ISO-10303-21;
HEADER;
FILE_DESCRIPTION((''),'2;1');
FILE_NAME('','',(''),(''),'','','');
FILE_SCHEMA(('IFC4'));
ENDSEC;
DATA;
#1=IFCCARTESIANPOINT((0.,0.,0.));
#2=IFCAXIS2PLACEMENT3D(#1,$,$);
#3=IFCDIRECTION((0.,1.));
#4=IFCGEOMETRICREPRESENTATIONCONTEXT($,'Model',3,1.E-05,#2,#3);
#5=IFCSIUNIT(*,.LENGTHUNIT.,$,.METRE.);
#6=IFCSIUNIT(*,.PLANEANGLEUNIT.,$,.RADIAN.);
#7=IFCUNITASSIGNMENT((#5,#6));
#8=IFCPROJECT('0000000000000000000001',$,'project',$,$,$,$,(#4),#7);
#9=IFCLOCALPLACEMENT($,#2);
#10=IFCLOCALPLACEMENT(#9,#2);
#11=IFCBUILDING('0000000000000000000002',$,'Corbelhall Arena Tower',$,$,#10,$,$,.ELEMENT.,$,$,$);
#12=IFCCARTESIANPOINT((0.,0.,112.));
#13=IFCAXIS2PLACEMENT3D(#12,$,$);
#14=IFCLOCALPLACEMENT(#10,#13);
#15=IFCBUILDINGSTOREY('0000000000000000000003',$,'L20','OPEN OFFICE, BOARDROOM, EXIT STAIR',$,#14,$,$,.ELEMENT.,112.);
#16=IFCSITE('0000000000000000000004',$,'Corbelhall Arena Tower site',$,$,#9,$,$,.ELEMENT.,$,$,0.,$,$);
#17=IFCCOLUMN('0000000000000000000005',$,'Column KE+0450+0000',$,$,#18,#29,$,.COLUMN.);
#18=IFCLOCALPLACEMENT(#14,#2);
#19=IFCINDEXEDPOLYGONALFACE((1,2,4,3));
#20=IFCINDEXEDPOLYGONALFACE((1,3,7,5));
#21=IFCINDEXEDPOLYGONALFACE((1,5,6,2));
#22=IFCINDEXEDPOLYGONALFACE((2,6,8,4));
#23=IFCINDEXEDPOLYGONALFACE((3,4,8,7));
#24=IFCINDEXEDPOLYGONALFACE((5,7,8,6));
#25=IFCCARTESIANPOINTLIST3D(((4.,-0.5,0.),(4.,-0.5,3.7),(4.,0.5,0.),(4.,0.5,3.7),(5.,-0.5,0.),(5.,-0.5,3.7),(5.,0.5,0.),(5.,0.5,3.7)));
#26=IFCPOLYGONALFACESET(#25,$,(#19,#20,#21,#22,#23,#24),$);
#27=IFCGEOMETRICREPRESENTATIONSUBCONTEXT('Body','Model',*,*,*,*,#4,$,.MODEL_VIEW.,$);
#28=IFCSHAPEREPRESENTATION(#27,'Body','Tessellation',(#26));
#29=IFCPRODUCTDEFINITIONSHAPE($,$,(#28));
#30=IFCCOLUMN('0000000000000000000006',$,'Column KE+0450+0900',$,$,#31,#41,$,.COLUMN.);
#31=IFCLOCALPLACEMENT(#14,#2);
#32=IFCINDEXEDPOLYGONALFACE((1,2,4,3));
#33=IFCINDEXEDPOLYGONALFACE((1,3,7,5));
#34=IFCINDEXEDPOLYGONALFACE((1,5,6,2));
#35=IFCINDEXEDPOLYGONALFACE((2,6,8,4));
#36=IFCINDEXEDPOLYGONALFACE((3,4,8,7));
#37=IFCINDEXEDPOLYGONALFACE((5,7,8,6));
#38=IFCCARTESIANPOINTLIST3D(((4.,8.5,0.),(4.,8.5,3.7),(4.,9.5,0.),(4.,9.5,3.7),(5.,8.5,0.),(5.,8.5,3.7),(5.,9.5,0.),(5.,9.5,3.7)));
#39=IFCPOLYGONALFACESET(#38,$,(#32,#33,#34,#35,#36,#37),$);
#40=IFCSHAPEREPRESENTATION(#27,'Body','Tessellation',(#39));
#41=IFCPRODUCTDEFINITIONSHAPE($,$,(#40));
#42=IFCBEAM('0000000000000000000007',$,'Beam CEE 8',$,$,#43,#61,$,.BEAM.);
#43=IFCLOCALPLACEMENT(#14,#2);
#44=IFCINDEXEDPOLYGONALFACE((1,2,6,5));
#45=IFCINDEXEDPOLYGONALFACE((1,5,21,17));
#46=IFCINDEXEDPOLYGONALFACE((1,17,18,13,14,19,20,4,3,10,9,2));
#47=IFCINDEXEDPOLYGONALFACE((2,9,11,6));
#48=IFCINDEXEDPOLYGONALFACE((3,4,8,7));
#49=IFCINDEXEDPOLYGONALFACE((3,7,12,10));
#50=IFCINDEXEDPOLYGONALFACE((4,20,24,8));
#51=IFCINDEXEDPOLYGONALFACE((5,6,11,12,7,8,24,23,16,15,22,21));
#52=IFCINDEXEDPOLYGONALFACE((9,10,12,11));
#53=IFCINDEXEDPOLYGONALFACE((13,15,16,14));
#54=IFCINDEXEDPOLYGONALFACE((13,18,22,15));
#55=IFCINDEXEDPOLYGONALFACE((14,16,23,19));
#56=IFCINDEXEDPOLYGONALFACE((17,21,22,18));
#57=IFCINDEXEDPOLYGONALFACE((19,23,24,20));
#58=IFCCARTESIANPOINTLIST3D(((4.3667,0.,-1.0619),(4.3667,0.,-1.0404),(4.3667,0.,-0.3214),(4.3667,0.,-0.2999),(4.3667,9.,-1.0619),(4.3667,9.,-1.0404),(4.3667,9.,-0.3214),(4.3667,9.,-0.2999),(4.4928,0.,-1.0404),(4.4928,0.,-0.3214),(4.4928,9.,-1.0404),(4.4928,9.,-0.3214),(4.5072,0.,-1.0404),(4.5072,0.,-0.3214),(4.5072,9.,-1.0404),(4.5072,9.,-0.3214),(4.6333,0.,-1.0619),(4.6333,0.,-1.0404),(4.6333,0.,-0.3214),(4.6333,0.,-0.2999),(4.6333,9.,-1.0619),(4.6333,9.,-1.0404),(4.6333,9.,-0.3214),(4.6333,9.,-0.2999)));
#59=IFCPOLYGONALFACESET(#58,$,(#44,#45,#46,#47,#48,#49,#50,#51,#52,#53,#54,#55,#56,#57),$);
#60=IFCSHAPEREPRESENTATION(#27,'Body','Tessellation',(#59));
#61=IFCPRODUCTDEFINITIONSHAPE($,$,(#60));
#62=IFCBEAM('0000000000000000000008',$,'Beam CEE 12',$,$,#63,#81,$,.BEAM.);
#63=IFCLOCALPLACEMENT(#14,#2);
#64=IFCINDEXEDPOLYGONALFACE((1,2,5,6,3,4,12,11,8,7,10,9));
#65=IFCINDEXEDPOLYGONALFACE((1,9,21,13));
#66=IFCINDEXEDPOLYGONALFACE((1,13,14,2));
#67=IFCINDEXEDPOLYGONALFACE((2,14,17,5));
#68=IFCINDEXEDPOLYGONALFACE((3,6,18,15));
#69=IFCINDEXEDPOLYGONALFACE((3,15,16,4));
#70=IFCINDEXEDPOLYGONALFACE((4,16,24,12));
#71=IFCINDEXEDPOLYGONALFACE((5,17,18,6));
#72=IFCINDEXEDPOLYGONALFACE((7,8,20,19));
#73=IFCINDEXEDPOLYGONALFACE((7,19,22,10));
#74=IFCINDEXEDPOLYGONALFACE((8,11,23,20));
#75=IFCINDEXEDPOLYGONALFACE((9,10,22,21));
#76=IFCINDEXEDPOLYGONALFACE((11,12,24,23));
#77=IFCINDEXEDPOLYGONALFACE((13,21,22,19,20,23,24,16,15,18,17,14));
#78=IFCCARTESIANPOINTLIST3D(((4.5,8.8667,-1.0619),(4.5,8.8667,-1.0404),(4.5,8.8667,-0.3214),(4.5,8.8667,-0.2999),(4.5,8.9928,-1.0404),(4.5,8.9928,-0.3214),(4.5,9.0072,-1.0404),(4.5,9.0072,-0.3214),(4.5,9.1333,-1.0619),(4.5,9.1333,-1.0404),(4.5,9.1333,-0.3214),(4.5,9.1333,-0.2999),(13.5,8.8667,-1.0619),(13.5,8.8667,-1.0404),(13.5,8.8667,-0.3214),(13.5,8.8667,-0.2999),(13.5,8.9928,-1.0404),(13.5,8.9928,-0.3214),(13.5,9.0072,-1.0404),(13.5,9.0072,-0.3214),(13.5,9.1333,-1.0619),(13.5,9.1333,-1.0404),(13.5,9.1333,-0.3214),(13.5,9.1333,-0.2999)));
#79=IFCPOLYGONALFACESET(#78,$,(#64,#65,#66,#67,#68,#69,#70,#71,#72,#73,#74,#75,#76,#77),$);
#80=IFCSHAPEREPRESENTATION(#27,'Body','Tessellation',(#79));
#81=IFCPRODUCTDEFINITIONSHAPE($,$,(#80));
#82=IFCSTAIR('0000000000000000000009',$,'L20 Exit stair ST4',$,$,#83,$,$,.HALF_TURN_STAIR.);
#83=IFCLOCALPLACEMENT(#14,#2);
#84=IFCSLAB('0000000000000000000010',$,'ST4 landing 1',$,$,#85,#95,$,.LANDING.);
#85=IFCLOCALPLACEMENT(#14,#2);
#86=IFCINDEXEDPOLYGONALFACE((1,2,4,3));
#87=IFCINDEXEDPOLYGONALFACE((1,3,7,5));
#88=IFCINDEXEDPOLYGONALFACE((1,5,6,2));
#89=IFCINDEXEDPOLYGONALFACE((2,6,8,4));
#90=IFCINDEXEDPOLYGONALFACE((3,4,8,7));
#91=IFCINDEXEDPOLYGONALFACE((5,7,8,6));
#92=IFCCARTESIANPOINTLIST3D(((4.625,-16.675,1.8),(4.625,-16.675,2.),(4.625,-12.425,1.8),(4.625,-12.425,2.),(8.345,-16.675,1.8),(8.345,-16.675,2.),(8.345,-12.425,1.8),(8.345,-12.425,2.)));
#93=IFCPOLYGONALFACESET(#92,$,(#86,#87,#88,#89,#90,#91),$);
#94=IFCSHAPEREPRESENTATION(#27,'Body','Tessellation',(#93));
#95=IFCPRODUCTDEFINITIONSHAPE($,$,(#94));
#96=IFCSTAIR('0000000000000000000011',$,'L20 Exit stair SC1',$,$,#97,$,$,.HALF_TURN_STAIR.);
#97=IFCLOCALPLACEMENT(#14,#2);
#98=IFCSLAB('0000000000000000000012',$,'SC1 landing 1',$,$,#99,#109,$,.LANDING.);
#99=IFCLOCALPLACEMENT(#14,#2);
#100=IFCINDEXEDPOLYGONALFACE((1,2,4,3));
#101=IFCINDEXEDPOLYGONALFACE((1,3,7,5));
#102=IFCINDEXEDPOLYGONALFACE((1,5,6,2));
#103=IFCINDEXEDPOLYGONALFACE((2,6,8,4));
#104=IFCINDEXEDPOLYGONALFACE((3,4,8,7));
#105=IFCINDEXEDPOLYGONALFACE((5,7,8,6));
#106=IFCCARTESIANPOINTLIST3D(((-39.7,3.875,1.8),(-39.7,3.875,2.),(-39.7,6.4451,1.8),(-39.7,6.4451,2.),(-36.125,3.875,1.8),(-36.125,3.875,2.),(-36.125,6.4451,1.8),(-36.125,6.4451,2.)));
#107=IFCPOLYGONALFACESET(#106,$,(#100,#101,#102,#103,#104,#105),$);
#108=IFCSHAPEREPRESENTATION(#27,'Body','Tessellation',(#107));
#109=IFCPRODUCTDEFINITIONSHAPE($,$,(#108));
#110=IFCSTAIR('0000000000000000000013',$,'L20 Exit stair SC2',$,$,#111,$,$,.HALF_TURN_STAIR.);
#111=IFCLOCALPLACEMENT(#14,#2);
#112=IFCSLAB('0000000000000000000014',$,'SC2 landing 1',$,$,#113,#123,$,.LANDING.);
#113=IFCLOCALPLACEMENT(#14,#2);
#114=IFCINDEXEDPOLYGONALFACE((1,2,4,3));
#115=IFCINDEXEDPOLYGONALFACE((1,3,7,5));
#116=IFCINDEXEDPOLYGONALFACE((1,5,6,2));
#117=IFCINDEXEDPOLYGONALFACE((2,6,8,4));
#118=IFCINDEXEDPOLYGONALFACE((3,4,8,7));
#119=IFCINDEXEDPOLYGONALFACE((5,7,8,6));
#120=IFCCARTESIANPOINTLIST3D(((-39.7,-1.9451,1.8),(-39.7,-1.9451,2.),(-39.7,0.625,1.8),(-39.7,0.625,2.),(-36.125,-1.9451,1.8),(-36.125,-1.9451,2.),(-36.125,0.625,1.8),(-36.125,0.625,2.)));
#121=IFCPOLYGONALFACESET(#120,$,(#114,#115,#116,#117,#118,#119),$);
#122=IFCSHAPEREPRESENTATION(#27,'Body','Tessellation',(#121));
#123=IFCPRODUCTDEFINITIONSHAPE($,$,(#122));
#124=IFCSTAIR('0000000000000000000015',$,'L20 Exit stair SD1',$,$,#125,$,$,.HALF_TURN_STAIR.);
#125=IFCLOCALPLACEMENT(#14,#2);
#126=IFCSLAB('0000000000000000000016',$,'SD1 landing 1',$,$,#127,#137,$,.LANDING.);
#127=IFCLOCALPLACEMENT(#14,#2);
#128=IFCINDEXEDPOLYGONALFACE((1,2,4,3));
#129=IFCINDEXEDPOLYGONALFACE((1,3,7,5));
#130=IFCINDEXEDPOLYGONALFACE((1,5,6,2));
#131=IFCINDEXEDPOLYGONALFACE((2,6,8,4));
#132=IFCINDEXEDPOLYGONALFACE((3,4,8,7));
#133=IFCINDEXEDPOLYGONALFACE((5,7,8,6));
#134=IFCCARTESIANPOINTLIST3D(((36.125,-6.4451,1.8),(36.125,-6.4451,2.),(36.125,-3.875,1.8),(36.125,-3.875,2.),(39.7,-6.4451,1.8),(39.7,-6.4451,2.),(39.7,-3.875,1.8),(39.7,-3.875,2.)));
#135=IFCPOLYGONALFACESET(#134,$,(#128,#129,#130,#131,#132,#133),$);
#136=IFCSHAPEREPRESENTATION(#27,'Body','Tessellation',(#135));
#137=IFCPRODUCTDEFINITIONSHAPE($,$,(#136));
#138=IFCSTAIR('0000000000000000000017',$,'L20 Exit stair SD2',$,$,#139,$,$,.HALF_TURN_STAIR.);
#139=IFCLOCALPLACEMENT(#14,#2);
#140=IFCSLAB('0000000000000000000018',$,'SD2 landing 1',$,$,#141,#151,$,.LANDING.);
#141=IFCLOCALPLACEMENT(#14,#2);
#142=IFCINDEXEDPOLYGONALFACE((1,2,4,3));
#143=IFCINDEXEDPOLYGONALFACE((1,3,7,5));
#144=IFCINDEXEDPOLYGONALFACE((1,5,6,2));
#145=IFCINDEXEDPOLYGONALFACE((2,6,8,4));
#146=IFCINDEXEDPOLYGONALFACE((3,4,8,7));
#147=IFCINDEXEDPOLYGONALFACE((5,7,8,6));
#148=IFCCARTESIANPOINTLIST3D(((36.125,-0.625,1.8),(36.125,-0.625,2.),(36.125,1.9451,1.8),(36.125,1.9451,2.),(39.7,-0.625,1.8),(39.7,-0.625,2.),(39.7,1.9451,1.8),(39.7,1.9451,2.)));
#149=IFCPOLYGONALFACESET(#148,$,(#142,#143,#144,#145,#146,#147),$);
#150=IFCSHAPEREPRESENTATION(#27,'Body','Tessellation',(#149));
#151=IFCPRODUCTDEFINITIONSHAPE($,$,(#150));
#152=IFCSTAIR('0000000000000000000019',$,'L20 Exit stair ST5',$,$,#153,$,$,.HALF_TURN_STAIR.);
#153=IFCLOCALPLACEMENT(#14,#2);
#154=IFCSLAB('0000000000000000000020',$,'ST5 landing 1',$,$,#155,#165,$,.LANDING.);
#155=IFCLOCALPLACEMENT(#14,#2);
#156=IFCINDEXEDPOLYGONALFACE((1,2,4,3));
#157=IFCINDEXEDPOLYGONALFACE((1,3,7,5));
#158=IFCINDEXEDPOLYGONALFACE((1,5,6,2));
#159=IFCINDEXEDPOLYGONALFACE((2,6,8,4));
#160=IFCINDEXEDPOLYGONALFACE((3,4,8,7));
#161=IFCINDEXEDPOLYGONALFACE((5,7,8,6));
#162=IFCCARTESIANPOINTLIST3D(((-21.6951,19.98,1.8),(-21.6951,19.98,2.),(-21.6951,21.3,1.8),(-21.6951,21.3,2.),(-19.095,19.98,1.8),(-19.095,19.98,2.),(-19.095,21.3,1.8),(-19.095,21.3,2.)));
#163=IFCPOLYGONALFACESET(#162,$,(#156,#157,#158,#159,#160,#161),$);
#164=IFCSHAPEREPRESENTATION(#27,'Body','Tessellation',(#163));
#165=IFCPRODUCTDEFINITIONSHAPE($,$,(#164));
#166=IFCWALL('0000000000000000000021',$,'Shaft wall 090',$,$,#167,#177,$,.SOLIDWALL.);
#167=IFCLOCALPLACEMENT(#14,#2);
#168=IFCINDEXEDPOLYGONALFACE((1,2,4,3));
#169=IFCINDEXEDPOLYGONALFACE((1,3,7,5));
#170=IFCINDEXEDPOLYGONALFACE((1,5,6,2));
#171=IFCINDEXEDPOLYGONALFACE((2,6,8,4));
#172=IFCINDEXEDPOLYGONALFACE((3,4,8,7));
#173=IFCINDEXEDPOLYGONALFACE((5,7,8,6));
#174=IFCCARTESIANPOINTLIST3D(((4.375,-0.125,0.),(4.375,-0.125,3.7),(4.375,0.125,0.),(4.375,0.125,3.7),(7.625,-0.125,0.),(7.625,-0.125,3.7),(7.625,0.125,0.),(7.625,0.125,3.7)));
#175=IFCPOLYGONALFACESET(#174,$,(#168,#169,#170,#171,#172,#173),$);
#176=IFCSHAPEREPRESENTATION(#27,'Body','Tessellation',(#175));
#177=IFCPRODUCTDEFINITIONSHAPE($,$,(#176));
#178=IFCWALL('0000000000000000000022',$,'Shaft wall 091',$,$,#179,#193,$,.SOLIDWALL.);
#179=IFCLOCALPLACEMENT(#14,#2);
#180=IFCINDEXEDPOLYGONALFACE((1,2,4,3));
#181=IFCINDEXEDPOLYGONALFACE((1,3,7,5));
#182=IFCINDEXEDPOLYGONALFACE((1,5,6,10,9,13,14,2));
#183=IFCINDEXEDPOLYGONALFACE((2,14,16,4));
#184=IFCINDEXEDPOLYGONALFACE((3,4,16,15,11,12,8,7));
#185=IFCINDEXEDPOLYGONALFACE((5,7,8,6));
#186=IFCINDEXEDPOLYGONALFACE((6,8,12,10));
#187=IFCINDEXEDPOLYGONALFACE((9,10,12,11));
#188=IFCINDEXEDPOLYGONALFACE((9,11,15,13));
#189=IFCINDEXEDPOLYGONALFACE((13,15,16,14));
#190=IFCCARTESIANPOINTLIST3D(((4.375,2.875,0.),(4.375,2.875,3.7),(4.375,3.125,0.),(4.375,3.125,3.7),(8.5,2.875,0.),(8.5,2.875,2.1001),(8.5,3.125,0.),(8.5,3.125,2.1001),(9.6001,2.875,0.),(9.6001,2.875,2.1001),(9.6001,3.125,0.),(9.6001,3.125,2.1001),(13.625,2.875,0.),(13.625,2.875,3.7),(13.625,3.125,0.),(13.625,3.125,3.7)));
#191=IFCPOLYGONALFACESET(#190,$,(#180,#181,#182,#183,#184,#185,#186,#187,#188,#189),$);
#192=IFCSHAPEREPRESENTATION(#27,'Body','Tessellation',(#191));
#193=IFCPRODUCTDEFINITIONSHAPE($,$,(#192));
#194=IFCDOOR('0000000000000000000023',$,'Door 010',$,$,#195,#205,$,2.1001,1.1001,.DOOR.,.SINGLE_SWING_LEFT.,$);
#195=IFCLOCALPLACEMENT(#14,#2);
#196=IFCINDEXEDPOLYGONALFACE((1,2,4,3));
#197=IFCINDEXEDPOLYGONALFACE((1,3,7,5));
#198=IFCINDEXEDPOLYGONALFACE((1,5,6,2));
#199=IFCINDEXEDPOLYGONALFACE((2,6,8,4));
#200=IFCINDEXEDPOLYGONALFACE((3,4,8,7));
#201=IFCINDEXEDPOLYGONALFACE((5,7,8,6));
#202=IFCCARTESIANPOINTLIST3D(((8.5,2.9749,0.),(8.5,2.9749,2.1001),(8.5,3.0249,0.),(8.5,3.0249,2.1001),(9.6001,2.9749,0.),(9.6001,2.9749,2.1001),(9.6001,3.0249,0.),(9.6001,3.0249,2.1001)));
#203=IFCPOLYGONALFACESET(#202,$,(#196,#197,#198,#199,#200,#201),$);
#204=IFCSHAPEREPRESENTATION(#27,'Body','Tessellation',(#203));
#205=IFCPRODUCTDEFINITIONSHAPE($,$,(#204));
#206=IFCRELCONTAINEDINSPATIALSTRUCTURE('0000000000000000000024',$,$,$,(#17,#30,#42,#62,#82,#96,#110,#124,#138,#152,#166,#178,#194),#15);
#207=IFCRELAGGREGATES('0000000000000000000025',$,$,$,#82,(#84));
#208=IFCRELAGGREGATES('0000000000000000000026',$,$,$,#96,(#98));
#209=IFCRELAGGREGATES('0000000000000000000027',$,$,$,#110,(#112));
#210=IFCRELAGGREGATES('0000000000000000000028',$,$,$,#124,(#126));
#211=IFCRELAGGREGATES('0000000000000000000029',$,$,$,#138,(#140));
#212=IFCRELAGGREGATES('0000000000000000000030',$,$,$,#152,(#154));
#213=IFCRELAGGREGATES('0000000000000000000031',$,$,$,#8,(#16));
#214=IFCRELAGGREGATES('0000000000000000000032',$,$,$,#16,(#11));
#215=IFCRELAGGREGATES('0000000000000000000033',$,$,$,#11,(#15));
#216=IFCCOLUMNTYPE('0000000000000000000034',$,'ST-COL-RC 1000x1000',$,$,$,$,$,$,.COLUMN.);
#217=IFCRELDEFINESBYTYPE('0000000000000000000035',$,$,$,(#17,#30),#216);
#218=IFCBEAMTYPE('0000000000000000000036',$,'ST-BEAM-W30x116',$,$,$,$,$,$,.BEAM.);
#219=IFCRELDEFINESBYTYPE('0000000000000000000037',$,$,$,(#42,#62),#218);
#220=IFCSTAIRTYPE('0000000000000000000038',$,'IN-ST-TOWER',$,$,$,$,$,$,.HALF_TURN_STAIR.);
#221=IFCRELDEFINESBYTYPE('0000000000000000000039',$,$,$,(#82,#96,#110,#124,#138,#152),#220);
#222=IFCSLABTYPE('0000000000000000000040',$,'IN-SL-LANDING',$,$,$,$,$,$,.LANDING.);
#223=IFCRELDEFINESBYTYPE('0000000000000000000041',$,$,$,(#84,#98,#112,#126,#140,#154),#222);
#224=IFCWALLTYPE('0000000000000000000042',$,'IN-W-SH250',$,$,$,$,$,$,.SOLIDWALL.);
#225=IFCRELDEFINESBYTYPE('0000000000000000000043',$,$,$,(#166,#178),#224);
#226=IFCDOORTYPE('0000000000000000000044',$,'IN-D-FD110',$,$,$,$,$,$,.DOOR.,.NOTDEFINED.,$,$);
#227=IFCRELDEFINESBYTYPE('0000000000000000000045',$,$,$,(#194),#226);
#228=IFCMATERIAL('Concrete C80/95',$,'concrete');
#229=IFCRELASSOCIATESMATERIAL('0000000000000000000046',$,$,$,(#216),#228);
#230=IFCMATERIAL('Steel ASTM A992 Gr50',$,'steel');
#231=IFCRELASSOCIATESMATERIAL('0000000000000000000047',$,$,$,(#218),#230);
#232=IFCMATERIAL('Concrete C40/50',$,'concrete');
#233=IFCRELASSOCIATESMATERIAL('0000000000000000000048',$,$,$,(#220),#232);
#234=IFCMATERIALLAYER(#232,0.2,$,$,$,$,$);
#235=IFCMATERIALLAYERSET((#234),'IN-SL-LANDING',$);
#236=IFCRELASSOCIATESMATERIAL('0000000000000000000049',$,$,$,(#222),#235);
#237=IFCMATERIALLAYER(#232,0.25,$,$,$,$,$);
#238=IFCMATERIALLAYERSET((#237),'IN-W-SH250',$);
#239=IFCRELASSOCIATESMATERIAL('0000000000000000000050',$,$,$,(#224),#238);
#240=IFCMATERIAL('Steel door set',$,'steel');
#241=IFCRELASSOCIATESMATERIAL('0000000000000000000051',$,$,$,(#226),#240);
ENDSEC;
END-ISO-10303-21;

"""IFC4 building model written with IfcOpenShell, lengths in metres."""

from ifc_helpers import new_model, si_unit, direction, frame, frame_2d, origin, origin_2d, place, context, subcontext, project, spatial, polyline, rectangle, i_section, outline, extrude, material, layer, layer_set, material_profile, profile_set, type_object, element, fill, aggregate, save


model = new_model("IFC4")

# Units and contexts
model_context = context("Model", 3, precision=1e-05, world=origin(), true_north=direction((0.0, 1.0)))
body_context = subcontext(model_context, "Body", "Model", "MODEL_VIEW")
ifc_project = project(units=[si_unit("LENGTHUNIT", "METRE"), si_unit("PLANEANGLEUNIT", "RADIAN")], contexts=[model_context])

# Site, building, storey
site_placement = place(None, origin())
site = spatial("IfcSite", under=ifc_project, at=site_placement, Name="Corbelhall Arena Tower site", CompositionType="ELEMENT", RefElevation=0.0)
building_placement = place(site_placement, origin())
building = spatial("IfcBuilding", under=site, at=building_placement, Name="Corbelhall Arena Tower", CompositionType="ELEMENT")
storey_placement = place(building_placement, frame((0.0, 0.0, 112.0)))
storey = spatial("IfcBuildingStorey", under=building, at=storey_placement, Name="L20", Description="OPEN OFFICE, BOARDROOM, EXIT STAIR", CompositionType="ELEMENT", Elevation=112.0)

# Columns
ifc_material_1 = material(Name="Concrete C80/95", Category="concrete")
ifc_material_profile_1 = material_profile(ifc_material_1, rectangle(XDim=1.0, YDim=1.0, at=origin_2d()))
ifc_profile_set_1 = profile_set([ifc_material_profile_1], Name="Concrete C80/95")
column_type = type_object("IfcColumnType", Name="ST-COL-RC 1000x1000", PredefinedType="COLUMN", material=ifc_profile_set_1)
for number, where, z_axis, x_axis, name in (
    (1, (4.5, 0.0, 0.0), (0.0, 0.0, 1.0), (1.0, 0.0, 0.0), "Column KE+0450+0000"),
    (2, (4.5, 9.0, 0.0), (0.0, 0.0, 1.0), (1.0, 0.0, 0.0), "Column KE+0450+0900"),
):
    element("IfcColumn", number, at=place(storey_placement, frame(where, z_axis=z_axis, x_axis=x_axis)), inside=storey, type_object=column_type, Name=name, PredefinedType="COLUMN", context=body_context, shape_type="SweptSolid", body=[
        extrude(rectangle(XDim=1.0, YDim=1.0, at=origin_2d()), origin(), (0.0, 0.0, 1.0), 3.7),
    ])

# Beams
ifc_material_2 = material(Name="Steel ASTM A992 Gr50", Category="steel")
ifc_material_profile_2 = material_profile(ifc_material_2, i_section(OverallWidth=0.2666, OverallDepth=0.762, WebThickness=0.0144, FlangeThickness=0.0215, at=origin_2d()))
ifc_profile_set_2 = profile_set([ifc_material_profile_2], Name="Steel ASTM A992 Gr50")
beam_type = type_object("IfcBeamType", Name="ST-BEAM-W30x116", PredefinedType="BEAM", material=ifc_profile_set_2)
for number, where, z_axis, x_axis, name in (
    (3, (4.5, 0.0, -0.6809), (0.0, 1.0, 0.0), (-1.0, 0.0, 0.0), "Beam CEE 8"),
    (4, (4.5, 9.0, -0.6809), (1.0, 0.0, 0.0), (0.0, 1.0, 0.0), "Beam CEE 12"),
):
    element("IfcBeam", number, at=place(storey_placement, frame(where, z_axis=z_axis, x_axis=x_axis)), inside=storey, type_object=beam_type, Name=name, PredefinedType="BEAM", context=body_context, shape_type="SweptSolid", body=[
        extrude(i_section(OverallWidth=0.2666, OverallDepth=0.762, WebThickness=0.0144, FlangeThickness=0.0215, at=origin_2d()), origin(), (0.0, 0.0, 1.0), 9.0),
    ])

# Stairs, slabs
ifc_material_3 = material(Name="Concrete C40/50", Category="concrete")
stair_type = type_object("IfcStairType", Name="IN-ST-TOWER", PredefinedType="HALF_TURN_STAIR", material=ifc_material_3)
stair_1_placement = place(storey_placement, origin())
stair_1 = element("IfcStair", 5, at=stair_1_placement, inside=storey, type_object=stair_type, Name="L20 Exit stair ST4", PredefinedType="HALF_TURN_STAIR")
ifc_layer_1 = layer(ifc_material_3, 0.2)
ifc_layer_set_1 = layer_set([ifc_layer_1], Name="IN-SL-LANDING")
slab_type = type_object("IfcSlabType", Name="IN-SL-LANDING", PredefinedType="LANDING", material=ifc_layer_set_1)
slab_1_placement = place(storey_placement, frame((0.0, 0.0, 1.8)))
slab_1 = element("IfcSlab", 6, at=slab_1_placement, type_object=slab_type, Name="ST4 landing 1", PredefinedType="LANDING", context=body_context, shape_type="SweptSolid", body=[
    extrude(outline(polyline([(8.345, -12.425), (4.625, -12.425), (4.625, -16.675), (8.345, -16.675), (8.345, -12.425)])), origin(), (0.0, 0.0, 1.0), 0.2),
])
aggregate(stair_1, [slab_1])
stair_2_placement = place(storey_placement, origin())
stair_2 = element("IfcStair", 7, at=stair_2_placement, inside=storey, type_object=stair_type, Name="L20 Exit stair SC1", PredefinedType="HALF_TURN_STAIR")
slab_2_placement = place(storey_placement, frame((0.0, 0.0, 1.8)))
slab_2 = element("IfcSlab", 8, at=slab_2_placement, type_object=slab_type, Name="SC1 landing 1", PredefinedType="LANDING", context=body_context, shape_type="SweptSolid", body=[
    extrude(outline(polyline([(-39.7, 6.4451), (-39.7, 3.875), (-36.125, 3.875), (-36.125, 6.4451), (-39.7, 6.4451)])), origin(), (0.0, 0.0, 1.0), 0.2),
])
aggregate(stair_2, [slab_2])
stair_3_placement = place(storey_placement, origin())
stair_3 = element("IfcStair", 9, at=stair_3_placement, inside=storey, type_object=stair_type, Name="L20 Exit stair SC2", PredefinedType="HALF_TURN_STAIR")
slab_3_placement = place(storey_placement, frame((0.0, 0.0, 1.8)))
slab_3 = element("IfcSlab", 10, at=slab_3_placement, type_object=slab_type, Name="SC2 landing 1", PredefinedType="LANDING", context=body_context, shape_type="SweptSolid", body=[
    extrude(outline(polyline([(-36.125, -1.9451), (-36.125, 0.625), (-39.7, 0.625), (-39.7, -1.9451), (-36.125, -1.9451)])), origin(), (0.0, 0.0, 1.0), 0.2),
])
aggregate(stair_3, [slab_3])
stair_4_placement = place(storey_placement, origin())
stair_4 = element("IfcStair", 11, at=stair_4_placement, inside=storey, type_object=stair_type, Name="L20 Exit stair SD1", PredefinedType="HALF_TURN_STAIR")
slab_4_placement = place(storey_placement, frame((0.0, 0.0, 1.8)))
slab_4 = element("IfcSlab", 12, at=slab_4_placement, type_object=slab_type, Name="SD1 landing 1", PredefinedType="LANDING", context=body_context, shape_type="SweptSolid", body=[
    extrude(outline(polyline([(39.7, -6.4451), (39.7, -3.875), (36.125, -3.875), (36.125, -6.4451), (39.7, -6.4451)])), origin(), (0.0, 0.0, 1.0), 0.2),
])
aggregate(stair_4, [slab_4])
stair_5_placement = place(storey_placement, origin())
stair_5 = element("IfcStair", 13, at=stair_5_placement, inside=storey, type_object=stair_type, Name="L20 Exit stair SD2", PredefinedType="HALF_TURN_STAIR")
slab_5_placement = place(storey_placement, frame((0.0, 0.0, 1.8)))
slab_5 = element("IfcSlab", 14, at=slab_5_placement, type_object=slab_type, Name="SD2 landing 1", PredefinedType="LANDING", context=body_context, shape_type="SweptSolid", body=[
    extrude(outline(polyline([(36.125, 1.9451), (36.125, -0.625), (39.7, -0.625), (39.7, 1.9451), (36.125, 1.9451)])), origin(), (0.0, 0.0, 1.0), 0.2),
])
aggregate(stair_5, [slab_5])
stair_6_placement = place(storey_placement, origin())
stair_6 = element("IfcStair", 15, at=stair_6_placement, inside=storey, type_object=stair_type, Name="L20 Exit stair ST5", PredefinedType="HALF_TURN_STAIR")
slab_6_placement = place(storey_placement, frame((0.0, 0.0, 1.8)))
slab_6 = element("IfcSlab", 16, at=slab_6_placement, type_object=slab_type, Name="ST5 landing 1", PredefinedType="LANDING", context=body_context, shape_type="SweptSolid", body=[
    extrude(outline(polyline([(-19.095, 19.98), (-19.095, 21.3), (-21.6951, 21.3), (-21.6951, 19.98), (-19.095, 19.98)])), origin(), (0.0, 0.0, 1.0), 0.2),
])
aggregate(stair_6, [slab_6])

# Wall
ifc_layer_2 = layer(ifc_material_3, 0.25)
ifc_layer_set_2 = layer_set([ifc_layer_2], Name="IN-W-SH250")
wall_type_1 = type_object("IfcWallType", Name="IN-W-SH250", PredefinedType="SOLIDWALL", material=ifc_layer_set_2)
wall_1_placement = place(storey_placement, frame((4.375, 0.0, 0.0), z_axis=(0.0, 0.0, 1.0), x_axis=(1.0, 0.0, 0.0)))
element("IfcWall", 17, at=wall_1_placement, inside=storey, type_object=wall_type_1, Name="Shaft wall 090", PredefinedType="SOLIDWALL", context=body_context, shape_type="SweptSolid", body=[
    extrude(rectangle(XDim=3.25, YDim=0.25, at=frame_2d((1.625, 0.0))), origin(), (0.0, 0.0, 1.0), 3.7),
])

# Wall, opening, door
wall_2_placement = place(storey_placement, frame((4.375, 3.0, 0.0), z_axis=(0.0, 0.0, 1.0), x_axis=(1.0, 0.0, 0.0)))
wall_2 = element("IfcWall", 18, at=wall_2_placement, inside=storey, type_object=wall_type_1, Name="Shaft wall 091", PredefinedType="SOLIDWALL", context=body_context, shape_type="SweptSolid", body=[
    extrude(rectangle(XDim=9.25, YDim=0.25, at=frame_2d((4.625, 0.0))), origin(), (0.0, 0.0, 1.0), 3.7),
])
opening_1_placement = place(wall_2_placement, frame((4.125, 0.0, 0.0)))
opening_1 = element("IfcOpeningElement", 19, at=opening_1_placement, cuts=wall_2, PredefinedType="OPENING", context=body_context, shape_type="SweptSolid", body=[
    extrude(rectangle(XDim=1.1001, YDim=2.1001, at=frame_2d((0.55, 1.05))), frame((0.0, 0.125, 0.0), z_axis=(0.0, -1.0, 0.0), x_axis=(1.0, 0.0, 0.0)), (0.0, 0.0, 1.0), 0.25),
])
ifc_material_4 = material(Name="Steel door set", Category="steel")
door_type_1 = type_object("IfcDoorType", Name="IN-D-FD110", OperationType="NOTDEFINED", PredefinedType="DOOR", material=ifc_material_4)
door_1_placement = place(opening_1_placement, origin())
door_1 = element("IfcDoor", 20, at=door_1_placement, inside=storey, type_object=door_type_1, Name="Door 010", OperationType="SINGLE_SWING_LEFT", OverallHeight=2.1001, OverallWidth=1.1001, PredefinedType="DOOR", context=body_context, shape_type="SweptSolid", body=[
    extrude(rectangle(XDim=1.1001, YDim=2.1001, at=frame_2d((0.55, 1.05))), frame((0.0, 0.0249, 0.0), z_axis=(0.0, -1.0, 0.0), x_axis=(1.0, 0.0, 0.0)), (0.0, 0.0, 1.0), 0.05),
])
fill(opening_1, door_1)

save(model, "model.ifc")
